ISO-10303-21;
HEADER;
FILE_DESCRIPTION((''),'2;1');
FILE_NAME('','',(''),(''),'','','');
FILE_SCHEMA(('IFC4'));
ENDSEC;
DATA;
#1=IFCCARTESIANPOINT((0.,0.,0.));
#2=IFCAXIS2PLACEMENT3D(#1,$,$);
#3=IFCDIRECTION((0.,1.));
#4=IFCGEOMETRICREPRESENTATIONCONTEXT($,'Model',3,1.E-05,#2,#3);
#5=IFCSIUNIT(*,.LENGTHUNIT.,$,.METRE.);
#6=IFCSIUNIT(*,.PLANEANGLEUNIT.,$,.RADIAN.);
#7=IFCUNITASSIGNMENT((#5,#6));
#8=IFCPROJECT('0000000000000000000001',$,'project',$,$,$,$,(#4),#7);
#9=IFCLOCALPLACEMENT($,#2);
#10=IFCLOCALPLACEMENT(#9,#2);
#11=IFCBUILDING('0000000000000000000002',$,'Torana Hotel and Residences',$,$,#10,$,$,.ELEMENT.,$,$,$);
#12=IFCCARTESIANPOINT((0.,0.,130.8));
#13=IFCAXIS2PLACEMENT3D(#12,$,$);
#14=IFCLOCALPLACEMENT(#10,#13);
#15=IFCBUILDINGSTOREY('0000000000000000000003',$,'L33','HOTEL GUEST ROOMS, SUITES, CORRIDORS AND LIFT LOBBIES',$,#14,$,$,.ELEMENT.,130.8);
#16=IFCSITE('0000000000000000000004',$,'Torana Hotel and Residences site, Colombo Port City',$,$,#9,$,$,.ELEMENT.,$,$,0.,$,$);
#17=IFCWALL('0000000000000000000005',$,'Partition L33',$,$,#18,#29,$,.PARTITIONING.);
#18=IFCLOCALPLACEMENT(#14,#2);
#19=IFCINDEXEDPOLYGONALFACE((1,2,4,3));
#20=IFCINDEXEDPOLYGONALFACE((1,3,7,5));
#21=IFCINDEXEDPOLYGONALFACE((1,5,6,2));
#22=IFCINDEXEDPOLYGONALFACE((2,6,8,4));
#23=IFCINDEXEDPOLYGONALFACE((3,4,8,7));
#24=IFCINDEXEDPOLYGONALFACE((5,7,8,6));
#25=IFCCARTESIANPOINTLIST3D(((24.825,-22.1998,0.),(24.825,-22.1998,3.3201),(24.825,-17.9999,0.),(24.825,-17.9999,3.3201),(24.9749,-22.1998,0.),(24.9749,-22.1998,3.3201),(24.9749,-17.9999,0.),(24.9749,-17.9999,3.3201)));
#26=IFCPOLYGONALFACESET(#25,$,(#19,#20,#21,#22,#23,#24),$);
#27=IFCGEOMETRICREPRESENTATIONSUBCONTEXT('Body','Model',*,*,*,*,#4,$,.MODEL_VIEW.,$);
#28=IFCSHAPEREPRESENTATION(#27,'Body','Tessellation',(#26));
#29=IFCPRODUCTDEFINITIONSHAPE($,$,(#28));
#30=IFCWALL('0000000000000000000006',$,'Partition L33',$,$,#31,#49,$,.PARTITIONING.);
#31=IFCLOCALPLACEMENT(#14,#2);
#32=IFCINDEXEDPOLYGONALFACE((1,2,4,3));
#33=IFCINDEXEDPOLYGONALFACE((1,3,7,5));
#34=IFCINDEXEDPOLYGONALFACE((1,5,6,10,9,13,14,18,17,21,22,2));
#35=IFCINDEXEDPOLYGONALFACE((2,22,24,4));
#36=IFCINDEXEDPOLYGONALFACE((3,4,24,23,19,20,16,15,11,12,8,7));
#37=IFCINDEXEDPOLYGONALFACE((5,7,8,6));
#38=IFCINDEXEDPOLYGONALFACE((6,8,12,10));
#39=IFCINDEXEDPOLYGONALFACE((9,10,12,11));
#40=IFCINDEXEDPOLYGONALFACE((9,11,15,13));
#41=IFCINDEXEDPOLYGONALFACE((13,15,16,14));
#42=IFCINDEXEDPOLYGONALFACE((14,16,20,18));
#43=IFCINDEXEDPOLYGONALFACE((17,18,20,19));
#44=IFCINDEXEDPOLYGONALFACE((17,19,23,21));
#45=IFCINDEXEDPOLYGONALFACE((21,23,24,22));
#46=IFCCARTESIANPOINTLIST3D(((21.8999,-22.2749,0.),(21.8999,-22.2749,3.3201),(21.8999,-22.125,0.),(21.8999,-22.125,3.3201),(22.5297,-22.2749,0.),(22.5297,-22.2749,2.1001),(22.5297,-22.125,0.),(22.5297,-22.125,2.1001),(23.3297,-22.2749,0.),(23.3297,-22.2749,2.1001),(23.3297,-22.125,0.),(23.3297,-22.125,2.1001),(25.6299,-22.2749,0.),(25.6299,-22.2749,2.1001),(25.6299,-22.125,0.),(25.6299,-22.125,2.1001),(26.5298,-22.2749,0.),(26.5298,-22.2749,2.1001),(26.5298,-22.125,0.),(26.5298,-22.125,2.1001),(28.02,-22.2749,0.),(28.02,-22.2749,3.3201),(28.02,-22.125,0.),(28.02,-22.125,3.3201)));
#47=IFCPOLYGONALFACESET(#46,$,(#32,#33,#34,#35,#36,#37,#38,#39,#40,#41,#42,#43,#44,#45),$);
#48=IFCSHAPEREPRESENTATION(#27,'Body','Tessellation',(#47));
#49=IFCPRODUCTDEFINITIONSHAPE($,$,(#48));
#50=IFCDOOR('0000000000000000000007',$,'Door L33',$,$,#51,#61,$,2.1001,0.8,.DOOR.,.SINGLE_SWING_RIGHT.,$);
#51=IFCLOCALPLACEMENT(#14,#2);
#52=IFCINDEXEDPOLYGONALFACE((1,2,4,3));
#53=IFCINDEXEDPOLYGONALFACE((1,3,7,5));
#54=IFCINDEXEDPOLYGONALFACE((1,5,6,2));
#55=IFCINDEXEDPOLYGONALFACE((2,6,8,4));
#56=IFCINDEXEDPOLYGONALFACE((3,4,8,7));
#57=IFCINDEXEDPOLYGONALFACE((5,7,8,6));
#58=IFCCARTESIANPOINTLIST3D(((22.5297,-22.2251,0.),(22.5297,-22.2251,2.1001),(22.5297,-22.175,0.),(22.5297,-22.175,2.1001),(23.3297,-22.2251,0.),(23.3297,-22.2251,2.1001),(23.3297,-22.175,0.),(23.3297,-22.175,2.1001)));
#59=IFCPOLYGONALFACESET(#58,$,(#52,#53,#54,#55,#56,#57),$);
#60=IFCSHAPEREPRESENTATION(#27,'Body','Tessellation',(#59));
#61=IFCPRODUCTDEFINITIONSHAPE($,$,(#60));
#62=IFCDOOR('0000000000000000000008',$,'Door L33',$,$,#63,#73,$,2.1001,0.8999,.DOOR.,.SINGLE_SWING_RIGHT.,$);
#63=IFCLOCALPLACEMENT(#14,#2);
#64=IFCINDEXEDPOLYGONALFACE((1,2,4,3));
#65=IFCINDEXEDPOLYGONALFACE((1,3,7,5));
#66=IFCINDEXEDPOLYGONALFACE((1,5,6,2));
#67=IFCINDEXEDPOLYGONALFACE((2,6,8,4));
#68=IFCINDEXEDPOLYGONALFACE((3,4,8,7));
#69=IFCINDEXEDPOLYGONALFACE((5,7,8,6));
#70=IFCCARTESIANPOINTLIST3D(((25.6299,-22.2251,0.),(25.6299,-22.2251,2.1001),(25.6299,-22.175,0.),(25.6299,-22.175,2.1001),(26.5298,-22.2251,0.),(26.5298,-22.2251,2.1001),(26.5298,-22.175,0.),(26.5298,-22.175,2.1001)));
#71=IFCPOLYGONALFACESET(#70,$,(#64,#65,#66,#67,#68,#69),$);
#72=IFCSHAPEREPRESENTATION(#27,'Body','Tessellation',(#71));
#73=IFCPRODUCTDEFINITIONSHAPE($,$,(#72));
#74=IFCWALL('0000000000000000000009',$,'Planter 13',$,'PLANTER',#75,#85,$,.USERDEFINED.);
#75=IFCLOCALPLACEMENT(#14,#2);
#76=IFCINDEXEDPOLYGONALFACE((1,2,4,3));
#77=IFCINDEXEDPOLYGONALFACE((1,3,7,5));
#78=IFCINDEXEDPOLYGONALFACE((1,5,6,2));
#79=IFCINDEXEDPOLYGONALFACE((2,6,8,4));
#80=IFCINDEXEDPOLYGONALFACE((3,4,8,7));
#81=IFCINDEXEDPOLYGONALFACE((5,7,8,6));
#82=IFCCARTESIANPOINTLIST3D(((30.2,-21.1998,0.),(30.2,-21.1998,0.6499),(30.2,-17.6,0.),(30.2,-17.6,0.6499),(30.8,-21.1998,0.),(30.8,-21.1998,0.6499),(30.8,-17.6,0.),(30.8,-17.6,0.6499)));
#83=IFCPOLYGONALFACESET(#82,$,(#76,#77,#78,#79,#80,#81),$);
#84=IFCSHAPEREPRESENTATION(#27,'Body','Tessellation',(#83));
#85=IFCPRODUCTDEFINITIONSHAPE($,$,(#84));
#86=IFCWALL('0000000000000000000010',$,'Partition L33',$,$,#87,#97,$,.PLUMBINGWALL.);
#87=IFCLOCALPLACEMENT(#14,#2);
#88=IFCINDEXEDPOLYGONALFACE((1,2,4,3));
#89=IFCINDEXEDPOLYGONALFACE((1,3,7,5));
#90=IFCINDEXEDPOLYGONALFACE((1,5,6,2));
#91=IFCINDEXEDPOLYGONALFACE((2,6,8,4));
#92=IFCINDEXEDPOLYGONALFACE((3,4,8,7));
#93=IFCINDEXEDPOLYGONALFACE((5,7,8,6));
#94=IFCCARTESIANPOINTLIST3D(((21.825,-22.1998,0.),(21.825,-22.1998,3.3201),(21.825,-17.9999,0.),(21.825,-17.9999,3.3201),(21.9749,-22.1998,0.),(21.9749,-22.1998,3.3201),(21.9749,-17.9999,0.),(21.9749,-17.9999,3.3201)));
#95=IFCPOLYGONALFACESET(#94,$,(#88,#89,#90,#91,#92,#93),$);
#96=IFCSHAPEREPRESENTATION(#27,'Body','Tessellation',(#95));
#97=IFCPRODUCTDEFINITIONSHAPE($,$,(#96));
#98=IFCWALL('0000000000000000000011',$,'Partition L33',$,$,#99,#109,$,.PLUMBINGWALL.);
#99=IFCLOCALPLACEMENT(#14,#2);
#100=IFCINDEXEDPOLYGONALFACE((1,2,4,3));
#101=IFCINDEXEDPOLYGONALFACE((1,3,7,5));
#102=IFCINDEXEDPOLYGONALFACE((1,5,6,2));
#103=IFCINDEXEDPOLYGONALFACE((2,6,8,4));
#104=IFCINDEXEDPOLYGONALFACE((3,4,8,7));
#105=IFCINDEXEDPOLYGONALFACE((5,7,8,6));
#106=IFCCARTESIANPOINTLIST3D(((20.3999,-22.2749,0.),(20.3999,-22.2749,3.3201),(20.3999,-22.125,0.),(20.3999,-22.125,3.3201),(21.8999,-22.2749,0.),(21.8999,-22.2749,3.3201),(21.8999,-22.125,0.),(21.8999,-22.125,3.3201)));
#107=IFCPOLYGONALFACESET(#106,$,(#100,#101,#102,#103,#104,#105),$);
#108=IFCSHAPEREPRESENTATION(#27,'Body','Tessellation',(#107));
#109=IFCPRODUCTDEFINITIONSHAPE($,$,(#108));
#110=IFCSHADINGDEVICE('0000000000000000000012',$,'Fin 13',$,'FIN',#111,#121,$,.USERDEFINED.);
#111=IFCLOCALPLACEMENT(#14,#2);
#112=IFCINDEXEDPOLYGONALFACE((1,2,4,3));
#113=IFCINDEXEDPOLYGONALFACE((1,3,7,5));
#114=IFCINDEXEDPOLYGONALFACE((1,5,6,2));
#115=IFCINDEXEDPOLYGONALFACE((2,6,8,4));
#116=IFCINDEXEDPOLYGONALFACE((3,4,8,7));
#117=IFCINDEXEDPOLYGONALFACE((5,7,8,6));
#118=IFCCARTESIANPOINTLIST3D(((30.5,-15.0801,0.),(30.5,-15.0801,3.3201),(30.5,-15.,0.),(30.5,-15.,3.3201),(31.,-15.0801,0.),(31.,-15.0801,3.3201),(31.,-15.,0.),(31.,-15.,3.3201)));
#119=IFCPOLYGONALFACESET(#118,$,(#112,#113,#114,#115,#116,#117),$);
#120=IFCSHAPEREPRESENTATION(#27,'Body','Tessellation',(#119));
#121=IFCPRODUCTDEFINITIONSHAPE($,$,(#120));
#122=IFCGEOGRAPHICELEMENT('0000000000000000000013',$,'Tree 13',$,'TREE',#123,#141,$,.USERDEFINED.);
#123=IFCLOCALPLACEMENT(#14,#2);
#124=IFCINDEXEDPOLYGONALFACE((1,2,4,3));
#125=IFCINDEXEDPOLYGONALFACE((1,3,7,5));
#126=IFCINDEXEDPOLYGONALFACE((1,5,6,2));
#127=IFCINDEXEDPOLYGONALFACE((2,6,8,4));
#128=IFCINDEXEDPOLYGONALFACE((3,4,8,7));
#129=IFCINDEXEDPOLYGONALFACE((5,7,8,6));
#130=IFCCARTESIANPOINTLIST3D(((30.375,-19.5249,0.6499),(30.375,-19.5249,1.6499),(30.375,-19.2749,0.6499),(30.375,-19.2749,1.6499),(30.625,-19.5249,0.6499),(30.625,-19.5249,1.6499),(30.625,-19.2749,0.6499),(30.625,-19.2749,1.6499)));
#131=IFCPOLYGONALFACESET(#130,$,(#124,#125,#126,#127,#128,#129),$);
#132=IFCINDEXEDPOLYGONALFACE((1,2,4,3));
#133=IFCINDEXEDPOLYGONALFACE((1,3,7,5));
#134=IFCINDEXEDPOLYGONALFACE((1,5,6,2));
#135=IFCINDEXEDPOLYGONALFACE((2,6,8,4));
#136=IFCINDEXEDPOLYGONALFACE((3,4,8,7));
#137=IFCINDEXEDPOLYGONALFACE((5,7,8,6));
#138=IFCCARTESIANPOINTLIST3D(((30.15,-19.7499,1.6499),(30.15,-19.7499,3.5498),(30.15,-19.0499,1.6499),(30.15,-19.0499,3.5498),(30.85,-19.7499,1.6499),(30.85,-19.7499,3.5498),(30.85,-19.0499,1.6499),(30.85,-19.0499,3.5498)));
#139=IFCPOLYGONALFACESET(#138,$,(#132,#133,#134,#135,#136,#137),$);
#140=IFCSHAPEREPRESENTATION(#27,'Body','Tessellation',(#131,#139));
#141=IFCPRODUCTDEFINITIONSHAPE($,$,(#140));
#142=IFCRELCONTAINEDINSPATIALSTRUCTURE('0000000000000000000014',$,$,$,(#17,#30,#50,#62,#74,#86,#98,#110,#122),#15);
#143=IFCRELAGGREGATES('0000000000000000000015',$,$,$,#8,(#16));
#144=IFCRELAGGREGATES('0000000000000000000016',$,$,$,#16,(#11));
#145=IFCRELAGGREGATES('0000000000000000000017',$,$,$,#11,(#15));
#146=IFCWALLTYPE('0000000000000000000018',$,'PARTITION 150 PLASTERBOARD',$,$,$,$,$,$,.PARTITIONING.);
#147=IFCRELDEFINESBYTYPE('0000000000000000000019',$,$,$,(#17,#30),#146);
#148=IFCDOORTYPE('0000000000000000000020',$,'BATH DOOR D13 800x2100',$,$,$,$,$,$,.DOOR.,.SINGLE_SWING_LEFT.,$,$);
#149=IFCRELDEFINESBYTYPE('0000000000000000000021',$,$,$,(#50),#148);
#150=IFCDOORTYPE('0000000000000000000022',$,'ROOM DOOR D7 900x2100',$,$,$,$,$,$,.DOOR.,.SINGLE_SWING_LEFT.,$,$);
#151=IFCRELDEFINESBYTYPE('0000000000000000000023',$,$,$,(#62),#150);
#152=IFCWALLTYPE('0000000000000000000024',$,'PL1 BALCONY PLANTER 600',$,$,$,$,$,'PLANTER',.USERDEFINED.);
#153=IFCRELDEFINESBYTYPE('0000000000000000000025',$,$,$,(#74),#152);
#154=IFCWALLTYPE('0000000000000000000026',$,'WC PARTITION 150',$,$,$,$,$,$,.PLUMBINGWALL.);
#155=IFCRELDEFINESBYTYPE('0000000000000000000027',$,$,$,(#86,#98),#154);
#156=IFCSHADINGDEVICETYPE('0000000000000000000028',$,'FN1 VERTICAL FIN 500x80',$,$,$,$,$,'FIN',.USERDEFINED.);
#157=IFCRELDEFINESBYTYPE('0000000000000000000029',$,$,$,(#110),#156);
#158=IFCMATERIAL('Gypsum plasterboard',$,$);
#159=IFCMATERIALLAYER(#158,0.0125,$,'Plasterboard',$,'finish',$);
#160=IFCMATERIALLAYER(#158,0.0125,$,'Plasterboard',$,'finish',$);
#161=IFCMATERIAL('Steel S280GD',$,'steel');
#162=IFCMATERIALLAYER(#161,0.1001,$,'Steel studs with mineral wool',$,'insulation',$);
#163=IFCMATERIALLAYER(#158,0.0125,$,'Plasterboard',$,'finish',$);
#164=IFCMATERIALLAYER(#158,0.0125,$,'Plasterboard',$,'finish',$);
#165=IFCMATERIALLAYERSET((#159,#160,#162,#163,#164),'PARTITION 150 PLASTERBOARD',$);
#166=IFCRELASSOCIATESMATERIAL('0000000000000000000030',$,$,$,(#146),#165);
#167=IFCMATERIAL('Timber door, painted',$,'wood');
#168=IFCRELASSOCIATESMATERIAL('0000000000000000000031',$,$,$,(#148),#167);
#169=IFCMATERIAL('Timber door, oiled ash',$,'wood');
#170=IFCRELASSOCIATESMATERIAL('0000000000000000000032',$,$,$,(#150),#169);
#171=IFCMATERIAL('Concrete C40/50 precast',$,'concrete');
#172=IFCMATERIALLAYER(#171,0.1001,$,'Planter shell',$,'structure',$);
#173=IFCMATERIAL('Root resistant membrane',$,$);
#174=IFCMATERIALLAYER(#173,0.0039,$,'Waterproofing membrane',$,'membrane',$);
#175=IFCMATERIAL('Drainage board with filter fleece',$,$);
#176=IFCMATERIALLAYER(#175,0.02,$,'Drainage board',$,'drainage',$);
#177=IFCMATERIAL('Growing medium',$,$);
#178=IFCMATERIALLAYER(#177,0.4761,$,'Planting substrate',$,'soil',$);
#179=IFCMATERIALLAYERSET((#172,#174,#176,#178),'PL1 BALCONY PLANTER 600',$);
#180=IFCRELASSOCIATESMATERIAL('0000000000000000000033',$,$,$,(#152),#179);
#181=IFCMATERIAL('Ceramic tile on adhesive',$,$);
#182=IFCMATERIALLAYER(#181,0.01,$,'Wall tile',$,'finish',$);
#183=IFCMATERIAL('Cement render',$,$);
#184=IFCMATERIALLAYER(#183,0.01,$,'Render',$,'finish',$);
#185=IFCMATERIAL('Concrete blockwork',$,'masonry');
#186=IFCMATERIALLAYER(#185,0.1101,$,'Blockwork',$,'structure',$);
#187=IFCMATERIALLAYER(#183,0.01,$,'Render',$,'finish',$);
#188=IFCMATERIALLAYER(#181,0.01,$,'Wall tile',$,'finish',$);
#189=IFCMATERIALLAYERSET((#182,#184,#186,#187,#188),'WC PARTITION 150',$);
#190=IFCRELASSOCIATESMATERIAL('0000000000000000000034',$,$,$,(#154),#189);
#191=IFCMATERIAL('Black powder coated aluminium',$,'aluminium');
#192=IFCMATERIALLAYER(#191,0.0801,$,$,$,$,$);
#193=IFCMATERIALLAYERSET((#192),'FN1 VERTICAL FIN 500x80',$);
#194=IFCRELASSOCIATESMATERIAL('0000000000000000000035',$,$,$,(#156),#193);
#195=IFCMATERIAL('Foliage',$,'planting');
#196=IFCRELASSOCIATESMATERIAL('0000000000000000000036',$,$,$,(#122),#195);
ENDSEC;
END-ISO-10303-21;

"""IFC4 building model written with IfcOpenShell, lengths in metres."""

from ifc_helpers import new_model, si_unit, direction, frame, frame_2d, origin, origin_2d, place, context, subcontext, project, spatial, rectangle, extrude, material, layer, layer_set, type_object, element, fill, save


model = new_model("IFC4")

# Units and contexts
model_context = context("Model", 3, precision=1e-05, world=origin(), true_north=direction((0.0, 1.0)))
body_context = subcontext(model_context, "Body", "Model", "MODEL_VIEW")
ifc_project = project(units=[si_unit("LENGTHUNIT", "METRE"), si_unit("PLANEANGLEUNIT", "RADIAN")], contexts=[model_context])

# Site, building, storey
site_placement = place(None, origin())
site = spatial("IfcSite", under=ifc_project, at=site_placement, Name="Torana Hotel and Residences site, Colombo Port City", CompositionType="ELEMENT", RefElevation=0.0)
building_placement = place(site_placement, origin())
building = spatial("IfcBuilding", under=site, at=building_placement, Name="Torana Hotel and Residences", CompositionType="ELEMENT")
storey_placement = place(building_placement, frame((0.0, 0.0, 130.8)))
storey = spatial("IfcBuildingStorey", under=building, at=storey_placement, Name="L33", Description="HOTEL GUEST ROOMS, SUITES, CORRIDORS AND LIFT LOBBIES", CompositionType="ELEMENT", Elevation=130.8)

# Shared definitions
ifc_material_1 = material(Name="Concrete blockwork", Category="masonry")

# Wall
ifc_material_2 = material(Name="Gypsum plasterboard")
ifc_layer_1 = layer(ifc_material_2, 0.0125, Name="Plasterboard", Category="finish")
ifc_layer_2 = layer(ifc_material_2, 0.0125, Name="Plasterboard", Category="finish")
ifc_material_3 = material(Name="Steel S280GD", Category="steel")
ifc_layer_3 = layer(ifc_material_3, 0.1001, Name="Steel studs with mineral wool", Category="insulation")
ifc_layer_4 = layer(ifc_material_2, 0.0125, Name="Plasterboard", Category="finish")
ifc_layer_5 = layer(ifc_material_2, 0.0125, Name="Plasterboard", Category="finish")
ifc_layer_set_1 = layer_set([ifc_layer_1, ifc_layer_2, ifc_layer_3, ifc_layer_4, ifc_layer_5], Name="PARTITION 150 PLASTERBOARD")
wall_type_1 = type_object("IfcWallType", Name="PARTITION 150 PLASTERBOARD", PredefinedType="PARTITIONING", material=ifc_layer_set_1)
wall_1_placement = place(storey_placement, frame((24.8999, -22.2, 0.0), z_axis=(0.0, 0.0, 1.0), x_axis=(0.0, 1.0, 0.0)))
element("IfcWall", 1, at=wall_1_placement, inside=storey, type_object=wall_type_1, Name="Partition L33", PredefinedType="PARTITIONING", context=body_context, shape_type="SweptSolid", body=[
    extrude(rectangle(XDim=4.2, YDim=0.1499, at=frame_2d((2.1001, 0.0))), origin(), (0.0, 0.0, 1.0), 3.3201),
])

# Wall, openings, doors
wall_2_placement = place(storey_placement, frame((21.8999, -22.2, 0.0), z_axis=(0.0, 0.0, 1.0), x_axis=(1.0, 0.0, 0.0)))
wall_2 = element("IfcWall", 2, at=wall_2_placement, inside=storey, type_object=wall_type_1, Name="Partition L33", PredefinedType="PARTITIONING", context=body_context, shape_type="SweptSolid", body=[
    extrude(rectangle(XDim=6.1201, YDim=0.1499, at=frame_2d((3.0601, 0.0))), origin(), (0.0, 0.0, 1.0), 3.3201),
])
opening_1_placement = place(wall_2_placement, frame((0.6299, 0.0, 0.0)))
opening_1 = element("IfcOpeningElement", 3, at=opening_1_placement, cuts=wall_2, PredefinedType="OPENING", context=body_context, shape_type="SweptSolid", body=[
    extrude(rectangle(XDim=0.8, YDim=2.1001, at=frame_2d((0.3999, 1.05))), frame((0.0, 0.085, 0.0), z_axis=(0.0, -1.0, 0.0), x_axis=(1.0, 0.0, 0.0)), (0.0, 0.0, 1.0), 0.1699),
])
opening_2_placement = place(wall_2_placement, frame((3.73, 0.0, 0.0)))
opening_2 = element("IfcOpeningElement", 4, at=opening_2_placement, cuts=wall_2, PredefinedType="OPENING", context=body_context, shape_type="SweptSolid", body=[
    extrude(rectangle(XDim=0.8999, YDim=2.1001, at=frame_2d((0.45, 1.05))), frame((0.0, 0.085, 0.0), z_axis=(0.0, -1.0, 0.0), x_axis=(1.0, 0.0, 0.0)), (0.0, 0.0, 1.0), 0.1699),
])
ifc_material_4 = material(Name="Timber door, painted", Category="wood")
door_type_1 = type_object("IfcDoorType", Name="BATH DOOR D13 800x2100", OperationType="SINGLE_SWING_LEFT", PredefinedType="DOOR", material=ifc_material_4)
door_1_placement = place(opening_1_placement, origin())
door_1 = element("IfcDoor", 5, at=door_1_placement, inside=storey, type_object=door_type_1, Name="Door L33", OperationType="SINGLE_SWING_RIGHT", OverallHeight=2.1001, OverallWidth=0.8, PredefinedType="DOOR", context=body_context, shape_type="SweptSolid", body=[
    extrude(rectangle(XDim=0.8, YDim=2.1001, at=frame_2d((0.3999, 1.05))), frame((0.0, 0.0249, 0.0), z_axis=(0.0, -1.0, 0.0), x_axis=(1.0, 0.0, 0.0)), (0.0, 0.0, 1.0), 0.05),
])
fill(opening_1, door_1)
ifc_material_5 = material(Name="Timber door, oiled ash", Category="wood")
door_type_2 = type_object("IfcDoorType", Name="ROOM DOOR D7 900x2100", OperationType="SINGLE_SWING_LEFT", PredefinedType="DOOR", material=ifc_material_5)
door_2_placement = place(opening_2_placement, origin())
door_2 = element("IfcDoor", 6, at=door_2_placement, inside=storey, type_object=door_type_2, Name="Door L33", OperationType="SINGLE_SWING_RIGHT", OverallHeight=2.1001, OverallWidth=0.8999, PredefinedType="DOOR", context=body_context, shape_type="SweptSolid", body=[
    extrude(rectangle(XDim=0.8999, YDim=2.1001, at=frame_2d((0.45, 1.05))), frame((0.0, 0.0249, 0.0), z_axis=(0.0, -1.0, 0.0), x_axis=(1.0, 0.0, 0.0)), (0.0, 0.0, 1.0), 0.05),
])
fill(opening_2, door_2)

# Walls
ifc_material_6 = material(Name="Concrete C40/50 precast", Category="concrete")
ifc_layer_6 = layer(ifc_material_6, 0.1001, Name="Planter shell", Category="structure")
ifc_material_7 = material(Name="Root resistant membrane")
ifc_layer_7 = layer(ifc_material_7, 0.0039, Name="Waterproofing membrane", Category="membrane")
ifc_material_8 = material(Name="Drainage board with filter fleece")
ifc_layer_8 = layer(ifc_material_8, 0.02, Name="Drainage board", Category="drainage")
ifc_material_9 = material(Name="Growing medium")
ifc_layer_9 = layer(ifc_material_9, 0.4761, Name="Planting substrate", Category="soil")
ifc_layer_set_2 = layer_set([ifc_layer_6, ifc_layer_7, ifc_layer_8, ifc_layer_9], Name="PL1 BALCONY PLANTER 600")
wall_type_2 = type_object("IfcWallType", Name="PL1 BALCONY PLANTER 600", ElementType="PLANTER", PredefinedType="USERDEFINED", material=ifc_layer_set_2)
wall_3_placement = place(storey_placement, frame((30.5, -17.6001, 0.0), z_axis=(0.0, 0.0, 1.0), x_axis=(0.0, -1.0, 0.0)))
element("IfcWall", 7, at=wall_3_placement, inside=storey, type_object=wall_type_2, Name="Planter 13", ObjectType="PLANTER", PredefinedType="USERDEFINED", context=body_context, shape_type="SweptSolid", body=[
    extrude(rectangle(XDim=3.5999, YDim=0.6001, at=frame_2d((1.7998, 0.0))), origin(), (0.0, 0.0, 1.0), 0.6499),
])
ifc_material_10 = material(Name="Ceramic tile on adhesive")
ifc_layer_10 = layer(ifc_material_10, 0.01, Name="Wall tile", Category="finish")
ifc_material_11 = material(Name="Cement render")
ifc_layer_11 = layer(ifc_material_11, 0.01, Name="Render", Category="finish")
ifc_layer_12 = layer(ifc_material_1, 0.1101, Name="Blockwork", Category="structure")
ifc_layer_13 = layer(ifc_material_11, 0.01, Name="Render", Category="finish")
ifc_layer_14 = layer(ifc_material_10, 0.01, Name="Wall tile", Category="finish")
ifc_layer_set_3 = layer_set([ifc_layer_10, ifc_layer_11, ifc_layer_12, ifc_layer_13, ifc_layer_14], Name="WC PARTITION 150")
wall_type_3 = type_object("IfcWallType", Name="WC PARTITION 150", PredefinedType="PLUMBINGWALL", material=ifc_layer_set_3)
wall_4_placement = place(storey_placement, frame((21.8999, -22.2, 0.0), z_axis=(0.0, 0.0, 1.0), x_axis=(0.0, 1.0, 0.0)))
element("IfcWall", 8, at=wall_4_placement, inside=storey, type_object=wall_type_3, Name="Partition L33", PredefinedType="PLUMBINGWALL", context=body_context, shape_type="SweptSolid", body=[
    extrude(rectangle(XDim=4.2, YDim=0.1499, at=frame_2d((2.1001, 0.0))), origin(), (0.0, 0.0, 1.0), 3.3201),
])
wall_5_placement = place(storey_placement, frame((20.3999, -22.2, 0.0), z_axis=(0.0, 0.0, 1.0), x_axis=(1.0, 0.0, 0.0)))
element("IfcWall", 9, at=wall_5_placement, inside=storey, type_object=wall_type_3, Name="Partition L33", PredefinedType="PLUMBINGWALL", context=body_context, shape_type="SweptSolid", body=[
    extrude(rectangle(XDim=1.5, YDim=0.1499, at=frame_2d((0.75, 0.0))), origin(), (0.0, 0.0, 1.0), 3.3201),
])

# Shading device
ifc_material_12 = material(Name="Black powder coated aluminium", Category="aluminium")
ifc_layer_15 = layer(ifc_material_12, 0.0801)
ifc_layer_set_4 = layer_set([ifc_layer_15], Name="FN1 VERTICAL FIN 500x80")
shading_device_type = type_object("IfcShadingDeviceType", Name="FN1 VERTICAL FIN 500x80", ElementType="FIN", PredefinedType="USERDEFINED", material=ifc_layer_set_4)
shading_device_placement = place(storey_placement, frame((30.75, -15.04, 0.0), z_axis=(0.0, 0.0, 1.0), x_axis=(0.0, -1.0, 0.0)))
element("IfcShadingDevice", 10, at=shading_device_placement, inside=storey, type_object=shading_device_type, Name="Fin 13", ObjectType="FIN", PredefinedType="USERDEFINED", context=body_context, shape_type="SweptSolid", body=[
    extrude(rectangle(XDim=0.0801, YDim=0.5, at=origin_2d()), origin(), (0.0, 0.0, 1.0), 3.3201),
])

# Geographic element
ifc_material_13 = material(Name="Foliage", Category="planting")
geographic_element_placement = place(storey_placement, frame((30.5, -19.3999, 0.6499), z_axis=(0.0, 0.0, 1.0), x_axis=(1.0, 0.0, 0.0)))
element("IfcGeographicElement", 11, at=geographic_element_placement, inside=storey, material=ifc_material_13, Name="Tree 13", ObjectType="TREE", PredefinedType="USERDEFINED", context=body_context, shape_type="SweptSolid", body=[
    extrude(rectangle(XDim=0.25, YDim=0.25, at=origin_2d()), origin(), (0.0, 0.0, 1.0), 1.0),
    extrude(rectangle(XDim=0.7, YDim=0.7, at=origin_2d()), frame((0.0, 0.0, 1.0)), (0.0, 0.0, 1.0), 1.8999),
])

save(model, "model.ifc")
